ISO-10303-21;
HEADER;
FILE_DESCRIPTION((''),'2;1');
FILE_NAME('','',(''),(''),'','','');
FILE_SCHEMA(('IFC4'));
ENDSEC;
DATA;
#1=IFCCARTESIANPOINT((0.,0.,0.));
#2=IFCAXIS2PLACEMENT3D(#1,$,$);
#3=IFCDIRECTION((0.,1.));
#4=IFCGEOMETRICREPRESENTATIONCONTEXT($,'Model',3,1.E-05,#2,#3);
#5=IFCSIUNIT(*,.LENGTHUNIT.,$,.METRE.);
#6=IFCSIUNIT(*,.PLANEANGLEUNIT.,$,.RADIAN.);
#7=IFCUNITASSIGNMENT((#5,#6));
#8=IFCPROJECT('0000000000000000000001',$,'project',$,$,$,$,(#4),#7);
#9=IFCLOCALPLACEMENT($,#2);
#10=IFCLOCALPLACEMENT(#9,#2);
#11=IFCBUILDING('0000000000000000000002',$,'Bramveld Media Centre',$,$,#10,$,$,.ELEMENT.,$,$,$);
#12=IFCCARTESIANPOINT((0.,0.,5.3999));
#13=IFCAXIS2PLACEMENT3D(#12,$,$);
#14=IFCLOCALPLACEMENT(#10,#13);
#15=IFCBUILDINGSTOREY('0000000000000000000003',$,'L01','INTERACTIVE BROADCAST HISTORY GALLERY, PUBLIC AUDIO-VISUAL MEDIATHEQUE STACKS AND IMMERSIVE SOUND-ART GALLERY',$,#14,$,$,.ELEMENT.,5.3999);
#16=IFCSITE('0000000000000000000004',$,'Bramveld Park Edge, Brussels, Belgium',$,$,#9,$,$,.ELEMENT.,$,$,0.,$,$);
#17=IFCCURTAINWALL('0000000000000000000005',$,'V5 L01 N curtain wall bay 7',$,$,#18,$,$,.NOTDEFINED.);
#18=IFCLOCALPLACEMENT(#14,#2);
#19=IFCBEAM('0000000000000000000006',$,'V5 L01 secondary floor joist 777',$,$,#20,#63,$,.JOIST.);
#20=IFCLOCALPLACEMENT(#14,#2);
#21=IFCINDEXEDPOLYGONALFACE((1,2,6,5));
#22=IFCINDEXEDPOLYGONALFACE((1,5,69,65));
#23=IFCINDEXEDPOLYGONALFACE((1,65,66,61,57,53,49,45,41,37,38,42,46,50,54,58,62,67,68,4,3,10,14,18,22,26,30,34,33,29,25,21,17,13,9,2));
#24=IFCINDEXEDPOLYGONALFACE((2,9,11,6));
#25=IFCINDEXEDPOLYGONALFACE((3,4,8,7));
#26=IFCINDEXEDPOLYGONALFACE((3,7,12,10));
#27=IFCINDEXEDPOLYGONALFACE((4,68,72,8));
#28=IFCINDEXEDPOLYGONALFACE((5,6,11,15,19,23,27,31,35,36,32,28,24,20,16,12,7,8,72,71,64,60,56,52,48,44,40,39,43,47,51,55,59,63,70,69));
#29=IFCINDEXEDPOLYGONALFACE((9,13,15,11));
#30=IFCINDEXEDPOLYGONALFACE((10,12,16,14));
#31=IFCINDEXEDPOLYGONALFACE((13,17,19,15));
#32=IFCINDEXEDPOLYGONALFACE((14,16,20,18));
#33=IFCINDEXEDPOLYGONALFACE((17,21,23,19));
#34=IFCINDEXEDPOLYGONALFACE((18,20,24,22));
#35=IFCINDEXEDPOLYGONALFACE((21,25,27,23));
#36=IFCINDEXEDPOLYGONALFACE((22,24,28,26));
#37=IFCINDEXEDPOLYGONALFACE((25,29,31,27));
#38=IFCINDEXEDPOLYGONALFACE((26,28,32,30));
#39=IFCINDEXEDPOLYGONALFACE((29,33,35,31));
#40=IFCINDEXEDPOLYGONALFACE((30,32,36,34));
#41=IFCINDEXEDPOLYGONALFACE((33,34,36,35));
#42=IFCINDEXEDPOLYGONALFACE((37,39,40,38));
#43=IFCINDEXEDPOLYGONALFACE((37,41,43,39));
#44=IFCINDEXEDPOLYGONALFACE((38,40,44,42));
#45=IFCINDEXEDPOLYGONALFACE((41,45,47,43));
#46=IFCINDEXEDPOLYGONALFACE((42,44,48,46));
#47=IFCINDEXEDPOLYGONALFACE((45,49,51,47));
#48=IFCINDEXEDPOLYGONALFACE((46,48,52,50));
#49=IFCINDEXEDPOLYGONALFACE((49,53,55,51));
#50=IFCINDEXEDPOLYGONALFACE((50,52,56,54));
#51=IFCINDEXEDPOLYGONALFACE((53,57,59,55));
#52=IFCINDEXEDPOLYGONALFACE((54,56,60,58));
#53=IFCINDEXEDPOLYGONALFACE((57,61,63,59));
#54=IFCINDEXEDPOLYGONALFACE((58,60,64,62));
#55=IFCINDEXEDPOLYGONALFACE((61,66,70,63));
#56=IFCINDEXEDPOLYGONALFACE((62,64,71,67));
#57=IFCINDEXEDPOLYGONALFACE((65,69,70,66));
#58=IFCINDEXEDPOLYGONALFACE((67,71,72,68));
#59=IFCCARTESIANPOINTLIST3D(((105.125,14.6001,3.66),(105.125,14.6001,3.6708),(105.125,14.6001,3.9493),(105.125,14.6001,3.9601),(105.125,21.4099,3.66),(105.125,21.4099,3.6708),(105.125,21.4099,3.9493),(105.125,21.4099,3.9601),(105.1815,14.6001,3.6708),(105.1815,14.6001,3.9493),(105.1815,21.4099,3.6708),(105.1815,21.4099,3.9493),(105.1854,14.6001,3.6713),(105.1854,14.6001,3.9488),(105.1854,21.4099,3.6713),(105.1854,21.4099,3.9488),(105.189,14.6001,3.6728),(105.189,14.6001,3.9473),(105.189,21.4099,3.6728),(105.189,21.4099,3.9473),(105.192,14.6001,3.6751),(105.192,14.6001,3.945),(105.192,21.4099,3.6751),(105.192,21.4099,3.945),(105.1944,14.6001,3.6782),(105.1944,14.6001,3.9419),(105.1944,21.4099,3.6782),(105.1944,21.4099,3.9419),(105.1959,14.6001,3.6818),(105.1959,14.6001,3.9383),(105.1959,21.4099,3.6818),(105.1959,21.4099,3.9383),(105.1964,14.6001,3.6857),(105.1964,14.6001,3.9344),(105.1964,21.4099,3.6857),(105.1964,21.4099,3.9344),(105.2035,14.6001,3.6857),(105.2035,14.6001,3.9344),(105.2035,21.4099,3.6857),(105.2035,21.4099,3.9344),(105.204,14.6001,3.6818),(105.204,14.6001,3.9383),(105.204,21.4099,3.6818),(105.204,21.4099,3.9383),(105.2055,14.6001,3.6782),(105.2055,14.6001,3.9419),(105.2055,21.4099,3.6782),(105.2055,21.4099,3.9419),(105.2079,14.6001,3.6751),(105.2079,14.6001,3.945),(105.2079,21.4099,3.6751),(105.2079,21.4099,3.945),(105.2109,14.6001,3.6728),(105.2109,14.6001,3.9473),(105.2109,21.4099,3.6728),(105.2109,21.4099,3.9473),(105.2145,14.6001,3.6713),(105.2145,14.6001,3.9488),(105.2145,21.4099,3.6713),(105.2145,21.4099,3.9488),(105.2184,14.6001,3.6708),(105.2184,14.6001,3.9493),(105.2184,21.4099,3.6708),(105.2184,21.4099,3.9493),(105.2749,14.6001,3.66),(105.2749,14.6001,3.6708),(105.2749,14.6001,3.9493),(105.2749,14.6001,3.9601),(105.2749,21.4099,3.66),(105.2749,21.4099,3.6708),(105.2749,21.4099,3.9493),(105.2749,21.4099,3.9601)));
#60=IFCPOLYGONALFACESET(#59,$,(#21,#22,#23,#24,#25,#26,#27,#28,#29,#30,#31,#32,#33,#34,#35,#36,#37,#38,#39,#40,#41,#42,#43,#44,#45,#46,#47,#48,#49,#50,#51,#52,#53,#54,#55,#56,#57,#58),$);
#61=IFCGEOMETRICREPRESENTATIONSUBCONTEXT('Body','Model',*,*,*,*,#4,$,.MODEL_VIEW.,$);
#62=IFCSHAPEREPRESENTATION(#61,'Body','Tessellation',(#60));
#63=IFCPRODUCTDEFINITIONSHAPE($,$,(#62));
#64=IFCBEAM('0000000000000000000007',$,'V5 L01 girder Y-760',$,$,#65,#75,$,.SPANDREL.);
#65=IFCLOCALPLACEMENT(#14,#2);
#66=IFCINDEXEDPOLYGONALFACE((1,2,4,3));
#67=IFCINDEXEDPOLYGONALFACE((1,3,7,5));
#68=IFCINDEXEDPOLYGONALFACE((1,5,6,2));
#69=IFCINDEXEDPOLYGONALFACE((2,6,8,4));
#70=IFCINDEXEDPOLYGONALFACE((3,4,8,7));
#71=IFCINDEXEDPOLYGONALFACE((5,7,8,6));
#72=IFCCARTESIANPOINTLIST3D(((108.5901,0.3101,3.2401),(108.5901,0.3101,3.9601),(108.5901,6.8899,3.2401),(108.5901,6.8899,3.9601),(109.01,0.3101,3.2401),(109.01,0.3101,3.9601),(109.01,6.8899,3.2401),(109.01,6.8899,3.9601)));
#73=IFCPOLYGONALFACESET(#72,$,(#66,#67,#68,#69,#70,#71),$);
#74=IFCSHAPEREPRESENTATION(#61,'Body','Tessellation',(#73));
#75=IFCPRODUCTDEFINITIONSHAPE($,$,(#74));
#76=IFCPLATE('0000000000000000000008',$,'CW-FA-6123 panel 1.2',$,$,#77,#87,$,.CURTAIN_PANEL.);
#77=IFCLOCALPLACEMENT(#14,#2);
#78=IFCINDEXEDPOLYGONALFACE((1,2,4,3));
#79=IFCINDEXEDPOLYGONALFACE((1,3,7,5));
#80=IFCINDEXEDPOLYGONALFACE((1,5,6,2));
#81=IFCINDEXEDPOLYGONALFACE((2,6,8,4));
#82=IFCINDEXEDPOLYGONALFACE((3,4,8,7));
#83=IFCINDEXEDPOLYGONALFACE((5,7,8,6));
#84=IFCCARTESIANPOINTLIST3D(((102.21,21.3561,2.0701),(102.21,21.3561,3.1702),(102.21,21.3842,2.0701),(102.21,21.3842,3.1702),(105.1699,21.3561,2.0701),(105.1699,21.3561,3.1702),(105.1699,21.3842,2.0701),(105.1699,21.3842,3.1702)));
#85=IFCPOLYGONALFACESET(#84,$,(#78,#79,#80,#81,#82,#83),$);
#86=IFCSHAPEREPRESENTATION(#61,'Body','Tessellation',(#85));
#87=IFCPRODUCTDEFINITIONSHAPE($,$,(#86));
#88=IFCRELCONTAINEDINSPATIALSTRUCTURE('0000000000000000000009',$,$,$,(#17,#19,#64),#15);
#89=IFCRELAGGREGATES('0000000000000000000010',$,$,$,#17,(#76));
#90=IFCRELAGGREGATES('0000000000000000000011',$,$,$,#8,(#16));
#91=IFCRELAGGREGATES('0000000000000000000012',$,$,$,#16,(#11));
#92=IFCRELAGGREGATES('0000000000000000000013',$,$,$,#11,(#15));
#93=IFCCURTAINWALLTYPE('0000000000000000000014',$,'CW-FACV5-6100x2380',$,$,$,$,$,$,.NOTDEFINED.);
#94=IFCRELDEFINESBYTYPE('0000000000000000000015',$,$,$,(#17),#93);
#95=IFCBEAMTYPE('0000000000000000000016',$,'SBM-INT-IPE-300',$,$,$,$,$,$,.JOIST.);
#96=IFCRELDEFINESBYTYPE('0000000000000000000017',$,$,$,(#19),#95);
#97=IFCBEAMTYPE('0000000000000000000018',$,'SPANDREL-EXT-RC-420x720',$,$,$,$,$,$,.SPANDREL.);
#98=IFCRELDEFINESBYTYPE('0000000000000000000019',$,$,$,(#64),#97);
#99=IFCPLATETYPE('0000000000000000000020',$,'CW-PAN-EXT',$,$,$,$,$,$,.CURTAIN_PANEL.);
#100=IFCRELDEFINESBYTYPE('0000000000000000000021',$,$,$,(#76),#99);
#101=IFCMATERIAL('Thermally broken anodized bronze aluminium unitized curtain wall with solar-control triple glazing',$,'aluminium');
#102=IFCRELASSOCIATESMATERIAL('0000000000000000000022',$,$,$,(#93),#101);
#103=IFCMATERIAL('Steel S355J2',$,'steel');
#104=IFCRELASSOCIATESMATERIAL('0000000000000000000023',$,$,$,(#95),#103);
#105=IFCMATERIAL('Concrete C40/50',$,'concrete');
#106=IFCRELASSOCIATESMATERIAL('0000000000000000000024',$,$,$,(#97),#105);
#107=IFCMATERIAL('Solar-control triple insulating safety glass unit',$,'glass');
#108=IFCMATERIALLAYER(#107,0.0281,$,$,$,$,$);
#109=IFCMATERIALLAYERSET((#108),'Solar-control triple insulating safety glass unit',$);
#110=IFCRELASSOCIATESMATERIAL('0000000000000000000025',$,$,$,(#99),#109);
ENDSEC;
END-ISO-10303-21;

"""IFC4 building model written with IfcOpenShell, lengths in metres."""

from ifc_helpers import new_model, si_unit, direction, frame, origin, origin_2d, place, context, subcontext, project, spatial, rectangle, i_section, extrude, material, layer, layer_set, material_profile, profile_set, type_object, element, aggregate, save


model = new_model("IFC4")

# Units and contexts
model_context = context("Model", 3, precision=1e-05, world=origin(), true_north=direction((0.0, 1.0)))
body_context = subcontext(model_context, "Body", "Model", "MODEL_VIEW")
ifc_project = project(units=[si_unit("LENGTHUNIT", "METRE"), si_unit("PLANEANGLEUNIT", "RADIAN")], contexts=[model_context])

# Site, building, storey
site_placement = place(None, origin())
site = spatial("IfcSite", under=ifc_project, at=site_placement, Name="Bramveld Park Edge, Brussels, Belgium", CompositionType="ELEMENT", RefElevation=0.0)
building_placement = place(site_placement, origin())
building = spatial("IfcBuilding", under=site, at=building_placement, Name="Bramveld Media Centre", CompositionType="ELEMENT")
storey_placement = place(building_placement, frame((0.0, 0.0, 5.3999)))
storey = spatial("IfcBuildingStorey", under=building, at=storey_placement, Name="L01", Description="INTERACTIVE BROADCAST HISTORY GALLERY, PUBLIC AUDIO-VISUAL MEDIATHEQUE STACKS AND IMMERSIVE SOUND-ART GALLERY", CompositionType="ELEMENT", Elevation=5.3999)

# Curtain wall
ifc_material_1 = material(Name="Thermally broken anodized bronze aluminium unitized curtain wall with solar-control triple glazing", Category="aluminium")
curtain_wall_type = type_object("IfcCurtainWallType", Name="CW-FACV5-6100x2380", PredefinedType="NOTDEFINED", material=ifc_material_1)
curtain_wall_placement = place(storey_placement, origin())
curtain_wall = element("IfcCurtainWall", 1, at=curtain_wall_placement, inside=storey, type_object=curtain_wall_type, Name="V5 L01 N curtain wall bay 7", PredefinedType="NOTDEFINED")

# Beams
ifc_material_2 = material(Name="Steel S355J2", Category="steel")
ifc_material_profile_1 = material_profile(ifc_material_2, i_section(OverallWidth=0.1499, OverallDepth=0.3, WebThickness=0.0071, FlangeThickness=0.0107, FilletRadius=0.0149, at=origin_2d()), Name="IPE 300")
ifc_profile_set_1 = profile_set([ifc_material_profile_1], Name="Steel S355J2")
beam_type_1 = type_object("IfcBeamType", Name="SBM-INT-IPE-300", PredefinedType="JOIST", material=ifc_profile_set_1)
beam_1_placement = place(storey_placement, frame((105.2, 14.6001, 3.8101), z_axis=(0.0, 1.0, 0.0), x_axis=(-1.0, 0.0, 0.0)))
element("IfcBeam", 2, at=beam_1_placement, inside=storey, type_object=beam_type_1, Name="V5 L01 secondary floor joist 777", PredefinedType="JOIST", context=body_context, shape_type="SweptSolid", body=[
    extrude(i_section(OverallWidth=0.1499, OverallDepth=0.3, WebThickness=0.0071, FlangeThickness=0.0107, FilletRadius=0.0149, at=origin_2d()), origin(), (0.0, 0.0, 1.0), 6.8098),
])
ifc_material_3 = material(Name="Concrete C40/50", Category="concrete")
ifc_material_profile_2 = material_profile(ifc_material_3, rectangle(XDim=0.4199, YDim=0.72, at=origin_2d()), Name="RC 420x720")
ifc_profile_set_2 = profile_set([ifc_material_profile_2], Name="Concrete C40/50")
beam_type_2 = type_object("IfcBeamType", Name="SPANDREL-EXT-RC-420x720", PredefinedType="SPANDREL", material=ifc_profile_set_2)
beam_2_placement = place(storey_placement, frame((108.8, 0.3101, 3.6001), z_axis=(0.0, 1.0, 0.0), x_axis=(-1.0, 0.0, 0.0)))
element("IfcBeam", 3, at=beam_2_placement, inside=storey, type_object=beam_type_2, Name="V5 L01 girder Y-760", PredefinedType="SPANDREL", context=body_context, shape_type="SweptSolid", body=[
    extrude(rectangle(XDim=0.4199, YDim=0.72, at=origin_2d()), origin(), (0.0, 0.0, 1.0), 6.5798),
])

# Plate
ifc_material_4 = material(Name="Solar-control triple insulating safety glass unit", Category="glass")
ifc_layer_1 = layer(ifc_material_4, 0.0281)
ifc_layer_set_1 = layer_set([ifc_layer_1], Name="Solar-control triple insulating safety glass unit")
plate_type = type_object("IfcPlateType", Name="CW-PAN-EXT", PredefinedType="CURTAIN_PANEL", material=ifc_layer_set_1)
plate_placement = place(storey_placement, frame((103.6899, 21.3701, 2.0701), z_axis=(0.0, 0.0, 1.0), x_axis=(1.0, 0.0, 0.0)))
plate = element("IfcPlate", 4, at=plate_placement, type_object=plate_type, Name="CW-FA-6123 panel 1.2", PredefinedType="CURTAIN_PANEL", context=body_context, shape_type="SweptSolid", body=[
    extrude(rectangle(XDim=2.96, YDim=0.0281, at=origin_2d()), origin(), (0.0, 0.0, 1.0), 1.1001),
])
aggregate(curtain_wall, [plate])

save(model, "model.ifc")
